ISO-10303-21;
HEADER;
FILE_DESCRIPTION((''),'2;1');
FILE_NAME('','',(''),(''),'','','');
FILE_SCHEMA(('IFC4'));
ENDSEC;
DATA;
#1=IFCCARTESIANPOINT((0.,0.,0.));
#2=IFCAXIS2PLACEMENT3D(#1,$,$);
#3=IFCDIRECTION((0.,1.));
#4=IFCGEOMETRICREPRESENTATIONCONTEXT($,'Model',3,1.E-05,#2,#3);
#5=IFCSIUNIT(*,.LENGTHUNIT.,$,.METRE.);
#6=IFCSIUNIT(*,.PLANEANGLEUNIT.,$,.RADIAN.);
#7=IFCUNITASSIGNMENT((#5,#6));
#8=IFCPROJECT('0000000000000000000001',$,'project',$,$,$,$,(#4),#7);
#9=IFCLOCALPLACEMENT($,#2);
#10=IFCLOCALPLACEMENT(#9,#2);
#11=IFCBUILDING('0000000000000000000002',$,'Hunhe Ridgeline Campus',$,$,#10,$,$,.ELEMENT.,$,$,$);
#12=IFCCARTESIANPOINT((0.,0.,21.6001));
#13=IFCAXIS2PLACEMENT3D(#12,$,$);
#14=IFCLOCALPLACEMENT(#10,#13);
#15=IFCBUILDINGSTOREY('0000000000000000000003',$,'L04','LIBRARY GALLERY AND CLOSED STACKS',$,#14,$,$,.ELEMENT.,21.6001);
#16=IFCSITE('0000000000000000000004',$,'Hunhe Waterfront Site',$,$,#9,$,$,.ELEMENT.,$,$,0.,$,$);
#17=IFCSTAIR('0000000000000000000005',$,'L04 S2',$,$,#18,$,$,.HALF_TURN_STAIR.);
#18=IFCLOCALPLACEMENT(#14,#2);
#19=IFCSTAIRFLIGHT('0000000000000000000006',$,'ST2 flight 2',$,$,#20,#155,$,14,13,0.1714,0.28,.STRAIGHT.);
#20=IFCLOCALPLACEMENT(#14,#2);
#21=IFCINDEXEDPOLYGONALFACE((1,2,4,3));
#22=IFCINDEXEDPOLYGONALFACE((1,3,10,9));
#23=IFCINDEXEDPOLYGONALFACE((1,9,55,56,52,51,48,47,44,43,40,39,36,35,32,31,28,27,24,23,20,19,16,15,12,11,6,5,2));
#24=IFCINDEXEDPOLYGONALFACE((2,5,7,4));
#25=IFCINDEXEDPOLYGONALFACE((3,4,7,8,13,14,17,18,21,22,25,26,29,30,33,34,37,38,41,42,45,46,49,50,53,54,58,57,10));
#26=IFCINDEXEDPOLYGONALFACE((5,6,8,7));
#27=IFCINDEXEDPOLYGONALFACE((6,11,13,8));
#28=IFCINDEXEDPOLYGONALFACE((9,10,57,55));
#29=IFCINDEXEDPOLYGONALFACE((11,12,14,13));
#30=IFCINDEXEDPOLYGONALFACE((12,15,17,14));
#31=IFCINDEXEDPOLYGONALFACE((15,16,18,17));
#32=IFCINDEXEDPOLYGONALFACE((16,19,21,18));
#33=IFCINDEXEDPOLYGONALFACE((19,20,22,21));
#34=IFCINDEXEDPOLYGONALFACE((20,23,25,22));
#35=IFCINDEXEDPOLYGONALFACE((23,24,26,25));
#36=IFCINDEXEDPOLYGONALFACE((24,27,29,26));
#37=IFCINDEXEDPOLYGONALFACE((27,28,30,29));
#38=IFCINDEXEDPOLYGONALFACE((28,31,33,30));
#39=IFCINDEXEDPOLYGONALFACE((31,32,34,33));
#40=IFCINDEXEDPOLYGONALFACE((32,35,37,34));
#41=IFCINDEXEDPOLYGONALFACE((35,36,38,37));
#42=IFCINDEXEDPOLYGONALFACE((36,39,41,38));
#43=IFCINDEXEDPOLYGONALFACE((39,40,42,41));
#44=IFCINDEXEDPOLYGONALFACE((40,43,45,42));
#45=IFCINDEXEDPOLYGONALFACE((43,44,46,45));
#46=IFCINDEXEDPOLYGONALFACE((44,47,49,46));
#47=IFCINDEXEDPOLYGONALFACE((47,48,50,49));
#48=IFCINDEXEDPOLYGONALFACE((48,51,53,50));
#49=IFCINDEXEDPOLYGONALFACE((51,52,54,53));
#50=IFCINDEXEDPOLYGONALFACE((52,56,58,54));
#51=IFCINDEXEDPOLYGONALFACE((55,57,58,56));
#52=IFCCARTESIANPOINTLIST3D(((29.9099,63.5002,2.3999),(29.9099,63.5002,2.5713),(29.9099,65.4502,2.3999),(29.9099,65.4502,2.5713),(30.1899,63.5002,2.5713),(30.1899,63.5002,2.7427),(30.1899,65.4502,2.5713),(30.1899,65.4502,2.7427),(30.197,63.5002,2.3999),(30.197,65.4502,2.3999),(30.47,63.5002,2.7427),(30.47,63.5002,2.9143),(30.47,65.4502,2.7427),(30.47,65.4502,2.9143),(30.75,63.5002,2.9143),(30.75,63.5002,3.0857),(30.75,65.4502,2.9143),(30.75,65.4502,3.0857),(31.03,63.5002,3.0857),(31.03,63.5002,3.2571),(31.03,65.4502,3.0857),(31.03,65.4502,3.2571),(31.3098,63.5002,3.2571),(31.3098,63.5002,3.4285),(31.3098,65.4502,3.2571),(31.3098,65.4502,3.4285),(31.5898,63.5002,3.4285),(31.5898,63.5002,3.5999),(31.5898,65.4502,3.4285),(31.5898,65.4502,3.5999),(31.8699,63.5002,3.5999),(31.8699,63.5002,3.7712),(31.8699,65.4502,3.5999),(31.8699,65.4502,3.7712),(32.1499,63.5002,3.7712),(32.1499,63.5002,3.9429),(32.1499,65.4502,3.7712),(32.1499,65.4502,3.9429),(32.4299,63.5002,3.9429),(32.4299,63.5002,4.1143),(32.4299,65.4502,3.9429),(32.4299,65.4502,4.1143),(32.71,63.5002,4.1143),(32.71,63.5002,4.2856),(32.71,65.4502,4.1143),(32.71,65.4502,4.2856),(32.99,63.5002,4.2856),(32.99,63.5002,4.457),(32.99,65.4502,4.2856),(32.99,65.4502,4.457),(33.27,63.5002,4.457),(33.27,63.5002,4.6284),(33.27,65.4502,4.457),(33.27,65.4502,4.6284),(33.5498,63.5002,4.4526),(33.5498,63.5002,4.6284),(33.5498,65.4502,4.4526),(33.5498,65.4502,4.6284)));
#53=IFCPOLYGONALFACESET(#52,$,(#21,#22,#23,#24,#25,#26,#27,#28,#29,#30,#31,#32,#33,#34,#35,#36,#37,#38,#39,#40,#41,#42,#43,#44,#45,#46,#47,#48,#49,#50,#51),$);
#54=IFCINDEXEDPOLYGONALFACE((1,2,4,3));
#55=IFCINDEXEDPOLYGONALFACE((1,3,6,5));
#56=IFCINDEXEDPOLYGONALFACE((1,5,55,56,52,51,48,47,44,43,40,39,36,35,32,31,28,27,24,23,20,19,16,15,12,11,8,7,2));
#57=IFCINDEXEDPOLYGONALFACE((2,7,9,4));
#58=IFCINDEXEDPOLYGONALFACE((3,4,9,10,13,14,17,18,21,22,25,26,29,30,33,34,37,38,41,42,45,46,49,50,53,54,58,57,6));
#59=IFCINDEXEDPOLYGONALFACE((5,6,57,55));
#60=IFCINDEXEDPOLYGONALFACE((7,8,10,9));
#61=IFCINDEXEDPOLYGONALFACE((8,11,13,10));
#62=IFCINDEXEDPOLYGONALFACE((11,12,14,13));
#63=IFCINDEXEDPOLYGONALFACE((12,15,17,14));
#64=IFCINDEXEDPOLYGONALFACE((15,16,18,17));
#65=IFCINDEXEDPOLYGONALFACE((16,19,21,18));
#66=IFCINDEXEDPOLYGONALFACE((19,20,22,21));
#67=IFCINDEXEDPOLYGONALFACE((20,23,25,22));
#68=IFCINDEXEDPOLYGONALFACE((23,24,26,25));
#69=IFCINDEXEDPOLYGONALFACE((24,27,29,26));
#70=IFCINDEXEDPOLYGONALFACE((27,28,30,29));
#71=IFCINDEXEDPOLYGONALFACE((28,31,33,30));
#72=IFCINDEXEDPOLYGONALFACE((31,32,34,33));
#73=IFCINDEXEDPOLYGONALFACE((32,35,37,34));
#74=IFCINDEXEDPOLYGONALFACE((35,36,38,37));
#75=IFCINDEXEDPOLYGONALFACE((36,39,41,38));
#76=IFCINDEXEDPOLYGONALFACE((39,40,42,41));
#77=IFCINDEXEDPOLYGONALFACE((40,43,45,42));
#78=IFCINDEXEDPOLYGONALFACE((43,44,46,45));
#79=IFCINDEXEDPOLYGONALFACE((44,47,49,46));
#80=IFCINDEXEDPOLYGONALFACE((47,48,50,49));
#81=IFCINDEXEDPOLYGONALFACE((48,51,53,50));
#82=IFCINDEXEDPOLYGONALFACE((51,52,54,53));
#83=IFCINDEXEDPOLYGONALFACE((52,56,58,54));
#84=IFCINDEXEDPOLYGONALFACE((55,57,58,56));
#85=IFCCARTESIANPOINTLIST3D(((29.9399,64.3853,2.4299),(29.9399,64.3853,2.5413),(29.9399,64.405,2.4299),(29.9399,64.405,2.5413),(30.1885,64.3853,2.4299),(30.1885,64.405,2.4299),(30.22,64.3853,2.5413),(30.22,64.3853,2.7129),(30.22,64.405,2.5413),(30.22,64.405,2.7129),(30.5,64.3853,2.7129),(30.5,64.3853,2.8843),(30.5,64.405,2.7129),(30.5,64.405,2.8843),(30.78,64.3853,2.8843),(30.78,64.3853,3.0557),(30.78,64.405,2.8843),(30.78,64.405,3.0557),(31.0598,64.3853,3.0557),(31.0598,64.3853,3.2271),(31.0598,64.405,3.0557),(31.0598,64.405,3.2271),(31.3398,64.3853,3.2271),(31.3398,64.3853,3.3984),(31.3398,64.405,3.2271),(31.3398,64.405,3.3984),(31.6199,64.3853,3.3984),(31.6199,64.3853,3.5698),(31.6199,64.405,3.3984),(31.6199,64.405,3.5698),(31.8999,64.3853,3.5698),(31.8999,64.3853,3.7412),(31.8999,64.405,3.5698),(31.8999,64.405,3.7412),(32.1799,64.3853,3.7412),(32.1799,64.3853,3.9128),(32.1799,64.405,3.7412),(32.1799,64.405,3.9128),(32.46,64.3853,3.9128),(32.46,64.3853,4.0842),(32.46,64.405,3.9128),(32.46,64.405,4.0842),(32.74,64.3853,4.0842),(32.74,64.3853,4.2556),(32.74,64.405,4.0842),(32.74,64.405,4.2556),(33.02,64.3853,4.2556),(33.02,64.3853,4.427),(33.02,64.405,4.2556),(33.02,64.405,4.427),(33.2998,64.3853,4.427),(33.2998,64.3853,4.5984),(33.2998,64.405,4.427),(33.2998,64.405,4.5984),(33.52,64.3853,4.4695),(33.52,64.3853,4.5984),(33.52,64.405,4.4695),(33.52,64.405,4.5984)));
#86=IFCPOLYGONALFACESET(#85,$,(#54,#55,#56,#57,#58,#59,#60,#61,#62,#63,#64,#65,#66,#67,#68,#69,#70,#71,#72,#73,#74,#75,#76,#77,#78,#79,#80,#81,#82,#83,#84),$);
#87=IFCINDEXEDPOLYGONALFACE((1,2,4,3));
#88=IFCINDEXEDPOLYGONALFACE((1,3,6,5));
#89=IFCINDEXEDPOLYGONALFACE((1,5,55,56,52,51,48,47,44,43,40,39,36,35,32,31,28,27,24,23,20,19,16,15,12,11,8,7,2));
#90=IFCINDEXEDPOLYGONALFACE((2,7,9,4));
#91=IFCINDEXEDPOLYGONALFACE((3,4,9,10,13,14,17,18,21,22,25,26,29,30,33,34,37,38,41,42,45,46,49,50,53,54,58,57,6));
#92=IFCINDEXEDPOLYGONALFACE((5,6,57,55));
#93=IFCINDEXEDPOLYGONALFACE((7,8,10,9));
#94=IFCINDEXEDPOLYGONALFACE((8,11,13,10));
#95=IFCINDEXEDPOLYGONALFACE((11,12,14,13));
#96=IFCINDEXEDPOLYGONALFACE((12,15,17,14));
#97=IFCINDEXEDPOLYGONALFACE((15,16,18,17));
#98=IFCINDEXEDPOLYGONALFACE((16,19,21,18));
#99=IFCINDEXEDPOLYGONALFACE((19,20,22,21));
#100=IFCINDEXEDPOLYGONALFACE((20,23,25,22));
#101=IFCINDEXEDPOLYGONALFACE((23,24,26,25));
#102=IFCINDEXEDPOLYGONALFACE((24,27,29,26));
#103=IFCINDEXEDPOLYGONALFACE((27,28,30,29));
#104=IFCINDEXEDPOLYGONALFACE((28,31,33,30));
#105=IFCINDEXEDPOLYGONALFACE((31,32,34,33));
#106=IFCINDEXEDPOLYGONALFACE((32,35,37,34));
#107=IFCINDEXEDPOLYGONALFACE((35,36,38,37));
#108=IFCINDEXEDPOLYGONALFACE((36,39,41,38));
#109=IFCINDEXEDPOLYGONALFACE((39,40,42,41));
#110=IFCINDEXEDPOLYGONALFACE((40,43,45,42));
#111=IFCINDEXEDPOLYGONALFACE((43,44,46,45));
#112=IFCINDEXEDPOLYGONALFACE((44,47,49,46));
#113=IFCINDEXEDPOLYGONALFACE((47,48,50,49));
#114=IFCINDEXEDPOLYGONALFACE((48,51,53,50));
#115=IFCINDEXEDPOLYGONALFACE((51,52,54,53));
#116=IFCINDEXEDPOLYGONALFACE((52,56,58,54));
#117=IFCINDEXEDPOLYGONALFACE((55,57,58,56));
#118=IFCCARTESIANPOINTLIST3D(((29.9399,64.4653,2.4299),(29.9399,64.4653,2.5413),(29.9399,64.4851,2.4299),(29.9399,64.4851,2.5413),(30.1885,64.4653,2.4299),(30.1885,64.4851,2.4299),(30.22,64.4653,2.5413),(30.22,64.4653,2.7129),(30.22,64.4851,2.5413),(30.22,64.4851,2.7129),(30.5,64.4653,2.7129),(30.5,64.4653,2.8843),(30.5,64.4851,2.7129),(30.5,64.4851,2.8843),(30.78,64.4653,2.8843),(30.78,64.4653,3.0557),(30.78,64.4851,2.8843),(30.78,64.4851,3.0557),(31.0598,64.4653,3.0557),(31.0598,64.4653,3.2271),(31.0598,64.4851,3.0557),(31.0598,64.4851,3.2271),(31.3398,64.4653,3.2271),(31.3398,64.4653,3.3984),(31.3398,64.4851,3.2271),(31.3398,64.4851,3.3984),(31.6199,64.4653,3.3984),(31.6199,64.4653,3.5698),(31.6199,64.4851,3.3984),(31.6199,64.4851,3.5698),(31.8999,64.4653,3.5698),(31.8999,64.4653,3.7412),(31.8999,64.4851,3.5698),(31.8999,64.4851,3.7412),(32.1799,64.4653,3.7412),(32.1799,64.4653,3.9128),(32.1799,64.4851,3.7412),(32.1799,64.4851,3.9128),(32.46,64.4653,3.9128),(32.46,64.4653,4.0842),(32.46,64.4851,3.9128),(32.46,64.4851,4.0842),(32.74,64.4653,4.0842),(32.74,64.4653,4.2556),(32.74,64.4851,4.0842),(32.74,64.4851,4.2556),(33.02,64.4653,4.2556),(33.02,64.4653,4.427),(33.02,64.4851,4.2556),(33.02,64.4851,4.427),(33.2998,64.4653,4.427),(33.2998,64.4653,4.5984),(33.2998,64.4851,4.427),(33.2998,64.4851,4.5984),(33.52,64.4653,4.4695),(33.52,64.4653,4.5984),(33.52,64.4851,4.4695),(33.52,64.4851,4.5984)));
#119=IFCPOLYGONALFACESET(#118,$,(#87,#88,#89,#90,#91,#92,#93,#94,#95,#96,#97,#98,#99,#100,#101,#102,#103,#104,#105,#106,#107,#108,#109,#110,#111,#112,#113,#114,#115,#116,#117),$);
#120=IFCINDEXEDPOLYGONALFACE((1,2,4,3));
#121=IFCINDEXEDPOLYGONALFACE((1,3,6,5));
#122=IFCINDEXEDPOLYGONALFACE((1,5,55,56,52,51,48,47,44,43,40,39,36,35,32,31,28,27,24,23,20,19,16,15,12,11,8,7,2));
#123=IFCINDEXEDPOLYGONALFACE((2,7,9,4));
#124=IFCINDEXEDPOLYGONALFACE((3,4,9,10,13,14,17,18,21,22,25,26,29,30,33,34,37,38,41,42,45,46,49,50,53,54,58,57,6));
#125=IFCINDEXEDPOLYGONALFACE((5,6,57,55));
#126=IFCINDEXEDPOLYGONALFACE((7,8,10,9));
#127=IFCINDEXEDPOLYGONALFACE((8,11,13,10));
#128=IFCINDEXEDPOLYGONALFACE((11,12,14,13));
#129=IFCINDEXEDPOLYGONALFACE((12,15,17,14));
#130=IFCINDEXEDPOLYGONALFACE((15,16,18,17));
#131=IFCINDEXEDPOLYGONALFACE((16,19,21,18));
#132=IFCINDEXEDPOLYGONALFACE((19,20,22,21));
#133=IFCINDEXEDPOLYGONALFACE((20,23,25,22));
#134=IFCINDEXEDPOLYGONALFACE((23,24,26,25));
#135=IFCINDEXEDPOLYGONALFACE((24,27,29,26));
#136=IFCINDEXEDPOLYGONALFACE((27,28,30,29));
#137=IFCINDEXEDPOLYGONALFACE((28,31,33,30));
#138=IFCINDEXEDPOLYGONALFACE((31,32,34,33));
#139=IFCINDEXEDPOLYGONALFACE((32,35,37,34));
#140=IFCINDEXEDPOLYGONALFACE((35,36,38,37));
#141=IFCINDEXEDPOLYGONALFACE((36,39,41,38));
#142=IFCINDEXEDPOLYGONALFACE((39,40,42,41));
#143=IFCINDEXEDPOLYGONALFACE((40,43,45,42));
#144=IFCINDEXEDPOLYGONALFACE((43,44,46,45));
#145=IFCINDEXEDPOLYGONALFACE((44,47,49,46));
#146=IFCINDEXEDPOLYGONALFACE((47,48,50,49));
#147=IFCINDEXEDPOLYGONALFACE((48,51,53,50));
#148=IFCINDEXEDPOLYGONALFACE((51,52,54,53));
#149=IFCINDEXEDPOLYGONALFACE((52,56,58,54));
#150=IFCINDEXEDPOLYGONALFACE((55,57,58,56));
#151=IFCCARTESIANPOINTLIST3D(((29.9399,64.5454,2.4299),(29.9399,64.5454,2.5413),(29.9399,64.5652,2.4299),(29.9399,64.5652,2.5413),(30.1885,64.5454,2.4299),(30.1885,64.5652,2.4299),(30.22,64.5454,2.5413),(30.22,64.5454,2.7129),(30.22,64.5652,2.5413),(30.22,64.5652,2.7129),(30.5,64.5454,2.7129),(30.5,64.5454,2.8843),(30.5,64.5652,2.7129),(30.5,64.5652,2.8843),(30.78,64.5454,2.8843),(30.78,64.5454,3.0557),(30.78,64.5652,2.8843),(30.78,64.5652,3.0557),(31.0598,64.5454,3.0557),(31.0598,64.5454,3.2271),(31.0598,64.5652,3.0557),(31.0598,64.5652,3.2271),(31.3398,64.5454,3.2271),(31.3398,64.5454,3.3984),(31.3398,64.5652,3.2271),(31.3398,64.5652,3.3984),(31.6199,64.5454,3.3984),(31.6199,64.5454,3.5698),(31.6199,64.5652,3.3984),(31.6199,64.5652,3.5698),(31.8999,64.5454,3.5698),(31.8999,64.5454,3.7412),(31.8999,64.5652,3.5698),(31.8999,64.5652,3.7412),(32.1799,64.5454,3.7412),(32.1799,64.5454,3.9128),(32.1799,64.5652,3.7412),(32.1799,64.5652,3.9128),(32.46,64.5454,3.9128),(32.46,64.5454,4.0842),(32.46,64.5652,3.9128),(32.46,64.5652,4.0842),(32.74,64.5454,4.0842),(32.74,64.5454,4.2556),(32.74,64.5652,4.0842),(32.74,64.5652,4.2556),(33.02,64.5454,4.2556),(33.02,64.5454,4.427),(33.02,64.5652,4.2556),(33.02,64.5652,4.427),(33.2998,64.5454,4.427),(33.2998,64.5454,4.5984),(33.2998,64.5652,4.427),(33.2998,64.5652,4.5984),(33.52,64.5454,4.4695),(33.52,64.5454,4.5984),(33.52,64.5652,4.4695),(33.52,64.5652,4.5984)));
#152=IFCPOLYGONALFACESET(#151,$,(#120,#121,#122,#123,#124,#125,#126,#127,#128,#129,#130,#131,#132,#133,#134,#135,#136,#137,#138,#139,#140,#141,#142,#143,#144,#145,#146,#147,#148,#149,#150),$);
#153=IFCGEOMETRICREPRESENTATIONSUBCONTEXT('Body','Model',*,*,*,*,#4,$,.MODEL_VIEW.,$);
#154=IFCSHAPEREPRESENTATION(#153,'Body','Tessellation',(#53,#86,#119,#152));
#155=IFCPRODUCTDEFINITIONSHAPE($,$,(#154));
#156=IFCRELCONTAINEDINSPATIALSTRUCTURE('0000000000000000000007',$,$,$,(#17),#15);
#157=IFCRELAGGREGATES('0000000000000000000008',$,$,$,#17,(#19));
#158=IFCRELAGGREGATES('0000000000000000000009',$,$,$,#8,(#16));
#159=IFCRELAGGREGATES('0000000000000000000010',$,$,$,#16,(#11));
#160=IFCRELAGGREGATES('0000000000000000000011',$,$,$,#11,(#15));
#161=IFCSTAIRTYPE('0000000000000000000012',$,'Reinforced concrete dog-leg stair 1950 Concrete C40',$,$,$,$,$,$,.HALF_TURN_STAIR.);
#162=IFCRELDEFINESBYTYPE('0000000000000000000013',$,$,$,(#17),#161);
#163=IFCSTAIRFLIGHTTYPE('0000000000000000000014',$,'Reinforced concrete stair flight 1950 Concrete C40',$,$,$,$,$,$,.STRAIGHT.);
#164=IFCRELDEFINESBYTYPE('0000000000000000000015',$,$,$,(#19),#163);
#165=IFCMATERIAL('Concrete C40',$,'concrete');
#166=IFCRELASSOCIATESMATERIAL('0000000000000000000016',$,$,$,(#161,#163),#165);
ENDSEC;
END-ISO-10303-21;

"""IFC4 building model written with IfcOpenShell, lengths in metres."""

from ifc_helpers import new_model, si_unit, direction, frame, origin, place, context, subcontext, project, spatial, polyline, outline, extrude, material, type_object, element, aggregate, save


model = new_model("IFC4")

# Units and contexts
model_context = context("Model", 3, precision=1e-05, world=origin(), true_north=direction((0.0, 1.0)))
body_context = subcontext(model_context, "Body", "Model", "MODEL_VIEW")
ifc_project = project(units=[si_unit("LENGTHUNIT", "METRE"), si_unit("PLANEANGLEUNIT", "RADIAN")], contexts=[model_context])

# Site, building, storey
site_placement = place(None, origin())
site = spatial("IfcSite", under=ifc_project, at=site_placement, Name="Hunhe Waterfront Site", CompositionType="ELEMENT", RefElevation=0.0)
building_placement = place(site_placement, origin())
building = spatial("IfcBuilding", under=site, at=building_placement, Name="Hunhe Ridgeline Campus", CompositionType="ELEMENT")
storey_placement = place(building_placement, frame((0.0, 0.0, 21.6001)))
storey = spatial("IfcBuildingStorey", under=building, at=storey_placement, Name="L04", Description="LIBRARY GALLERY AND CLOSED STACKS", CompositionType="ELEMENT", Elevation=21.6001)

# Stair, stair flight
ifc_material_1 = material(Name="Concrete C40", Category="concrete")
stair_type = type_object("IfcStairType", Name="Reinforced concrete dog-leg stair 1950 Concrete C40", PredefinedType="HALF_TURN_STAIR", material=ifc_material_1)
stair_placement = place(storey_placement, origin())
stair = element("IfcStair", 1, at=stair_placement, inside=storey, type_object=stair_type, Name="L04 S2", PredefinedType="HALF_TURN_STAIR")
stair_flight_type = type_object("IfcStairFlightType", Name="Reinforced concrete stair flight 1950 Concrete C40", PredefinedType="STRAIGHT", material=ifc_material_1)
stair_flight_placement = place(storey_placement, frame((29.9099, 64.4751, 2.3999), z_axis=(0.0, 0.0, 1.0), x_axis=(1.0, 0.0, 0.0)))
stair_flight = element("IfcStairFlight", 2, at=stair_flight_placement, type_object=stair_flight_type, Name="ST2 flight 2", NumberOfRisers=14, NumberOfTreads=13, PredefinedType="STRAIGHT", RiserHeight=0.1714, TreadLength=0.28, context=body_context, shape_type="SweptSolid", body=[
    extrude(outline(polyline([(0.0, 0.0), (0.0, 0.1714), (0.28, 0.1714), (0.28, 0.3428), (0.5601, 0.3428), (0.5601, 0.5144), (0.8401, 0.5144), (0.8401, 0.6858), (1.1201, 0.6858), (1.1201, 0.8572), (1.3999, 0.8572), (1.3999, 1.0286), (1.6799, 1.0286), (1.6799, 1.2), (1.96, 1.2), (1.96, 1.3713), (2.24, 1.3713), (2.24, 1.543), (2.52, 1.543), (2.52, 1.7144), (2.8, 1.7144), (2.8, 1.8857), (3.0801, 1.8857), (3.0801, 2.0571), (3.3601, 2.0571), (3.3601, 2.2285), (3.6399, 2.2285), (3.6399, 2.3999), (3.6399, 2.0527), (0.2871, 0.0), (0.0, 0.0)])), frame((0.0, 0.9751, 0.0), z_axis=(0.0, -1.0, 0.0), x_axis=(1.0, 0.0, 0.0)), (0.0, 0.0, 1.0), 1.95),
    extrude(outline(polyline([(0.03, 0.03), (0.03, 0.1414), (0.3101, 0.1414), (0.3101, 0.313), (0.5901, 0.313), (0.5901, 0.4844), (0.8701, 0.4844), (0.8701, 0.6558), (1.1499, 0.6558), (1.1499, 0.8271), (1.4299, 0.8271), (1.4299, 0.9985), (1.71, 0.9985), (1.71, 1.1699), (1.99, 1.1699), (1.99, 1.3413), (2.27, 1.3413), (2.27, 1.5129), (2.55, 1.5129), (2.55, 1.6843), (2.8301, 1.6843), (2.8301, 1.8557), (3.1101, 1.8557), (3.1101, 2.0271), (3.3899, 2.0271), (3.3899, 2.1985), (3.6101, 2.1985), (3.6101, 2.0696), (0.2786, 0.03), (0.03, 0.03)])), frame((0.0, -0.0701, 0.0), z_axis=(0.0, -1.0, 0.0), x_axis=(1.0, 0.0, 0.0)), (0.0, 0.0, 1.0), 0.0198),
    extrude(outline(polyline([(0.03, 0.03), (0.03, 0.1414), (0.3101, 0.1414), (0.3101, 0.313), (0.5901, 0.313), (0.5901, 0.4844), (0.8701, 0.4844), (0.8701, 0.6558), (1.1499, 0.6558), (1.1499, 0.8271), (1.4299, 0.8271), (1.4299, 0.9985), (1.71, 0.9985), (1.71, 1.1699), (1.99, 1.1699), (1.99, 1.3413), (2.27, 1.3413), (2.27, 1.5129), (2.55, 1.5129), (2.55, 1.6843), (2.8301, 1.6843), (2.8301, 1.8557), (3.1101, 1.8557), (3.1101, 2.0271), (3.3899, 2.0271), (3.3899, 2.1985), (3.6101, 2.1985), (3.6101, 2.0696), (0.2786, 0.03), (0.03, 0.03)])), frame((0.0, 0.01, 0.0), z_axis=(0.0, -1.0, 0.0), x_axis=(1.0, 0.0, 0.0)), (0.0, 0.0, 1.0), 0.0198),
    extrude(outline(polyline([(0.03, 0.03), (0.03, 0.1414), (0.3101, 0.1414), (0.3101, 0.313), (0.5901, 0.313), (0.5901, 0.4844), (0.8701, 0.4844), (0.8701, 0.6558), (1.1499, 0.6558), (1.1499, 0.8271), (1.4299, 0.8271), (1.4299, 0.9985), (1.71, 0.9985), (1.71, 1.1699), (1.99, 1.1699), (1.99, 1.3413), (2.27, 1.3413), (2.27, 1.5129), (2.55, 1.5129), (2.55, 1.6843), (2.8301, 1.6843), (2.8301, 1.8557), (3.1101, 1.8557), (3.1101, 2.0271), (3.3899, 2.0271), (3.3899, 2.1985), (3.6101, 2.1985), (3.6101, 2.0696), (0.2786, 0.03), (0.03, 0.03)])), frame((0.0, 0.0901, 0.0), z_axis=(0.0, -1.0, 0.0), x_axis=(1.0, 0.0, 0.0)), (0.0, 0.0, 1.0), 0.0198),
])
aggregate(stair, [stair_flight])

save(model, "model.ifc")
